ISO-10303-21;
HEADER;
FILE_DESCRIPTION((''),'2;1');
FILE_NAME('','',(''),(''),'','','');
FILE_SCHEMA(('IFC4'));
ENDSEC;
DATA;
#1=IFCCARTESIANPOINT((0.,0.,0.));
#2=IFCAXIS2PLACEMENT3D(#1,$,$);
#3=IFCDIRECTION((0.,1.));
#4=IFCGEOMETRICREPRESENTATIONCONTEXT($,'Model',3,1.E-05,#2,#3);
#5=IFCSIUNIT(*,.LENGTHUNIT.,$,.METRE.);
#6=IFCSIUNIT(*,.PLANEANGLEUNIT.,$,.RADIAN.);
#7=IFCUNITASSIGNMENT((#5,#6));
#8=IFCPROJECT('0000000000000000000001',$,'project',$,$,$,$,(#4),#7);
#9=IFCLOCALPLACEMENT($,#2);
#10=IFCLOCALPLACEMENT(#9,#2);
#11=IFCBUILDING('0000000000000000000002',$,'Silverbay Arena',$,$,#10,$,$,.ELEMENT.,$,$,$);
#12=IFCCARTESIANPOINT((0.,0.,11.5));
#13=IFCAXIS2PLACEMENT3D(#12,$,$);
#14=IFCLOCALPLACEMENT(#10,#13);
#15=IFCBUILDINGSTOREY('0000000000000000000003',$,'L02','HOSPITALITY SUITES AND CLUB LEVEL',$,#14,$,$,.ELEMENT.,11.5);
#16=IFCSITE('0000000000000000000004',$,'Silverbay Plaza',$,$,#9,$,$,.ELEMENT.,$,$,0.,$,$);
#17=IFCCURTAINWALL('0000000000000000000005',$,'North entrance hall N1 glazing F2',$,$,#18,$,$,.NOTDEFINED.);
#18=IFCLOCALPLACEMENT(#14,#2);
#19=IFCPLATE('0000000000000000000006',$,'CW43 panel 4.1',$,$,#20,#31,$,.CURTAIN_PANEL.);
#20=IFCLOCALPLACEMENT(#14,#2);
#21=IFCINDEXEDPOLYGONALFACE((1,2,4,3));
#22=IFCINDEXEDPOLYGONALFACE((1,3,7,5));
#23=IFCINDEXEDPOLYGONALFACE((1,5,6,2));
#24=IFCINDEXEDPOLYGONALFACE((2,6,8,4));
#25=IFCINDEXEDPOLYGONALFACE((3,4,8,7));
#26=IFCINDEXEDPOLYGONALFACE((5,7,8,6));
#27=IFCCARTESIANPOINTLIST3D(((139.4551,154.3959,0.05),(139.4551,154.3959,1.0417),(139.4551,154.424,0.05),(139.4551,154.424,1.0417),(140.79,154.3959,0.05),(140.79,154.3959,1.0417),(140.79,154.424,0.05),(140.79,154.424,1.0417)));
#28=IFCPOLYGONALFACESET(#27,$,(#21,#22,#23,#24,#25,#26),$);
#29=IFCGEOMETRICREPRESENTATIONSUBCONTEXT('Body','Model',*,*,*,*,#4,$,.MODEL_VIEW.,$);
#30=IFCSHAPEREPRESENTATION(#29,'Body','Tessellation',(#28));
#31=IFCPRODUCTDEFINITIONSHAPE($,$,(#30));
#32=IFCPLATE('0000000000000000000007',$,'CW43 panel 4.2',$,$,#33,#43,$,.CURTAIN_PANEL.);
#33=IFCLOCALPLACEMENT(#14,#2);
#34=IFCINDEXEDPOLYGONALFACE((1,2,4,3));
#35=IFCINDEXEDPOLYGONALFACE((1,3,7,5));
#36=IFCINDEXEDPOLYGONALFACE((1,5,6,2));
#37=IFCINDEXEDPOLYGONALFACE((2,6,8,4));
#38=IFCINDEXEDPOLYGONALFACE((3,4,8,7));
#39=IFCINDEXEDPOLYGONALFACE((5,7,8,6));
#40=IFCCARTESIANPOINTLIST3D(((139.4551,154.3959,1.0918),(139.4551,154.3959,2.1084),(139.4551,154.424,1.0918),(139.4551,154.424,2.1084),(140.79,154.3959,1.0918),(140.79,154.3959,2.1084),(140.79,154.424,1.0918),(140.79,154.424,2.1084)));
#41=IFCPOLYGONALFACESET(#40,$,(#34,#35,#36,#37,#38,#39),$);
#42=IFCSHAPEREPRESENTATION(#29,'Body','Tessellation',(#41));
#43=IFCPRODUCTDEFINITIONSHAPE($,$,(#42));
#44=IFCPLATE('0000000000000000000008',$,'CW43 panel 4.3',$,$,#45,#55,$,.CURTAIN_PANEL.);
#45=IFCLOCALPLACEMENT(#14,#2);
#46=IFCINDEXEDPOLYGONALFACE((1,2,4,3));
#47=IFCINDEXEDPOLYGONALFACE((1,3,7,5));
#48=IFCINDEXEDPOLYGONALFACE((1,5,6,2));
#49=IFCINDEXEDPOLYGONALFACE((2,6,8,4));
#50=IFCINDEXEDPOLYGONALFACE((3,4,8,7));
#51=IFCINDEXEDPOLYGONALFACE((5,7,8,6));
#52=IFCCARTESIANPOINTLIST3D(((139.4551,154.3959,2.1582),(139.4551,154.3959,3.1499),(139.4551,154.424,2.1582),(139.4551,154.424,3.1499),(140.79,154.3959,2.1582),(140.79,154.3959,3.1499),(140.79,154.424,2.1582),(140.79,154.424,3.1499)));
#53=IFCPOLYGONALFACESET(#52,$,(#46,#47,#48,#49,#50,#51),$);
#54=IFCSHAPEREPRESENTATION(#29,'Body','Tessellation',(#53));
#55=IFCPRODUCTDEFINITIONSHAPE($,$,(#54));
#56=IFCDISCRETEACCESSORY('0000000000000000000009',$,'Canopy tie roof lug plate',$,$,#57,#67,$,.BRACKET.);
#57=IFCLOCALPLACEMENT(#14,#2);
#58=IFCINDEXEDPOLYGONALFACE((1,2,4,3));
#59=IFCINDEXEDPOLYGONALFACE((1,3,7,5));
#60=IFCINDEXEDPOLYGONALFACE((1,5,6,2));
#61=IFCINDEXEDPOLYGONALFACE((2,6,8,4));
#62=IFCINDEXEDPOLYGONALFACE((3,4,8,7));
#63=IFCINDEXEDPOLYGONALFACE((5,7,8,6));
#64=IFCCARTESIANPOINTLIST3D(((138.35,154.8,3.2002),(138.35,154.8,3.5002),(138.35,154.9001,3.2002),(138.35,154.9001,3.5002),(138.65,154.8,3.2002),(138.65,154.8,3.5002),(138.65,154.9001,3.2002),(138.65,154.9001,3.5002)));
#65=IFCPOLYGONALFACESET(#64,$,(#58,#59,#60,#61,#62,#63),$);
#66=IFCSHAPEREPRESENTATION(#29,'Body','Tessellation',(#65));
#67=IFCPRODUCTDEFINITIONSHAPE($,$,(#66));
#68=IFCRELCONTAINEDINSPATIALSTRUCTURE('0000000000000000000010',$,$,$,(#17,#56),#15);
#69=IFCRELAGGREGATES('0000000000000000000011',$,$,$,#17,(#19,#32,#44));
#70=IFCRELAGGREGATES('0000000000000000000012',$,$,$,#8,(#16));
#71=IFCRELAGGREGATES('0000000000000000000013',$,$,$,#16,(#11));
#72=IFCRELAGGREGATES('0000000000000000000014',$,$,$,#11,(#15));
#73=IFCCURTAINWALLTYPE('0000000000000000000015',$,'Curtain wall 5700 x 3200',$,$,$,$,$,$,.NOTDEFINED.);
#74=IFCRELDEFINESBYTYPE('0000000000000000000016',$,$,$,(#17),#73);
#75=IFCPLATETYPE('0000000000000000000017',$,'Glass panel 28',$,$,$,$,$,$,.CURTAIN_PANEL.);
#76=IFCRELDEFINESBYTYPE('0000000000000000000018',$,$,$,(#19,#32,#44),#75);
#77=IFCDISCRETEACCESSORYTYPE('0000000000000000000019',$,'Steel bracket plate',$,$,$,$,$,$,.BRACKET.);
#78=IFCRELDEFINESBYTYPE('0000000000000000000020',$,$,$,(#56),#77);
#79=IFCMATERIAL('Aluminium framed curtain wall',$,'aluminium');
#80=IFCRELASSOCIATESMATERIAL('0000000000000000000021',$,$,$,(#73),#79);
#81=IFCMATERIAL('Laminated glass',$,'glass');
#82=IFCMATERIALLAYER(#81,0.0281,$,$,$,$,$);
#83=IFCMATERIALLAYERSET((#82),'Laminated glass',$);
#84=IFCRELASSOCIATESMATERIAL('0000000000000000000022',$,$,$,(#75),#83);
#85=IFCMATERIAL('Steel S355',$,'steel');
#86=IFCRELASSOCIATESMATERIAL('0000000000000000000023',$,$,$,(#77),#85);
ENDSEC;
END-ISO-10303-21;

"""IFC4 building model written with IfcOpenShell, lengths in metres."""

from ifc_helpers import new_model, si_unit, direction, frame, origin, origin_2d, place, context, subcontext, project, spatial, rectangle, extrude, material, layer, layer_set, type_object, element, aggregate, save


model = new_model("IFC4")

# Units and contexts
model_context = context("Model", 3, precision=1e-05, world=origin(), true_north=direction((0.0, 1.0)))
body_context = subcontext(model_context, "Body", "Model", "MODEL_VIEW")
ifc_project = project(units=[si_unit("LENGTHUNIT", "METRE"), si_unit("PLANEANGLEUNIT", "RADIAN")], contexts=[model_context])

# Site, building, storey
site_placement = place(None, origin())
site = spatial("IfcSite", under=ifc_project, at=site_placement, Name="Silverbay Plaza", CompositionType="ELEMENT", RefElevation=0.0)
building_placement = place(site_placement, origin())
building = spatial("IfcBuilding", under=site, at=building_placement, Name="Silverbay Arena", CompositionType="ELEMENT")
storey_placement = place(building_placement, frame((0.0, 0.0, 11.5)))
storey = spatial("IfcBuildingStorey", under=building, at=storey_placement, Name="L02", Description="HOSPITALITY SUITES AND CLUB LEVEL", CompositionType="ELEMENT", Elevation=11.5)

# Curtain wall, plates
ifc_material_1 = material(Name="Aluminium framed curtain wall", Category="aluminium")
curtain_wall_type = type_object("IfcCurtainWallType", Name="Curtain wall 5700 x 3200", PredefinedType="NOTDEFINED", material=ifc_material_1)
curtain_wall_placement = place(storey_placement, origin())
curtain_wall = element("IfcCurtainWall", 1, at=curtain_wall_placement, inside=storey, type_object=curtain_wall_type, Name="North entrance hall N1 glazing F2", PredefinedType="NOTDEFINED")
ifc_material_2 = material(Name="Laminated glass", Category="glass")
ifc_layer = layer(ifc_material_2, 0.0281)
ifc_layer_set = layer_set([ifc_layer], Name="Laminated glass")
plate_type = type_object("IfcPlateType", Name="Glass panel 28", PredefinedType="CURTAIN_PANEL", material=ifc_layer_set)
plate_1_placement = place(storey_placement, frame((140.1226, 154.4099, 0.05), z_axis=(0.0, 0.0, 1.0), x_axis=(1.0, 0.0, 0.0)))
plate_1 = element("IfcPlate", 2, at=plate_1_placement, type_object=plate_type, Name="CW43 panel 4.1", PredefinedType="CURTAIN_PANEL", context=body_context, shape_type="SweptSolid", body=[
    extrude(rectangle(XDim=1.335, YDim=0.0281, at=origin_2d()), origin(), (0.0, 0.0, 1.0), 0.9917),
])
plate_2_placement = place(storey_placement, frame((140.1226, 154.4099, 1.0918), z_axis=(0.0, 0.0, 1.0), x_axis=(1.0, 0.0, 0.0)))
plate_2 = element("IfcPlate", 3, at=plate_2_placement, type_object=plate_type, Name="CW43 panel 4.2", PredefinedType="CURTAIN_PANEL", context=body_context, shape_type="SweptSolid", body=[
    extrude(rectangle(XDim=1.335, YDim=0.0281, at=origin_2d()), origin(), (0.0, 0.0, 1.0), 1.0166),
])
plate_3_placement = place(storey_placement, frame((140.1226, 154.4099, 2.1582), z_axis=(0.0, 0.0, 1.0), x_axis=(1.0, 0.0, 0.0)))
plate_3 = element("IfcPlate", 4, at=plate_3_placement, type_object=plate_type, Name="CW43 panel 4.3", PredefinedType="CURTAIN_PANEL", context=body_context, shape_type="SweptSolid", body=[
    extrude(rectangle(XDim=1.335, YDim=0.0281, at=origin_2d()), origin(), (0.0, 0.0, 1.0), 0.9917),
])
aggregate(curtain_wall, [plate_1, plate_2, plate_3])

# Discrete accessory
ifc_material_3 = material(Name="Steel S355", Category="steel")
discrete_accessory_type = type_object("IfcDiscreteAccessoryType", Name="Steel bracket plate", PredefinedType="BRACKET", material=ifc_material_3)
discrete_accessory_placement = place(storey_placement, frame((138.5, 154.8501, 3.2002), z_axis=(0.0, 0.0, 1.0), x_axis=(1.0, 0.0, 0.0)))
element("IfcDiscreteAccessory", 5, at=discrete_accessory_placement, inside=storey, type_object=discrete_accessory_type, Name="Canopy tie roof lug plate", PredefinedType="BRACKET", context=body_context, shape_type="SweptSolid", body=[
    extrude(rectangle(XDim=0.3, YDim=0.1001, at=origin_2d()), origin(), (0.0, 0.0, 1.0), 0.3),
])

save(model, "model.ifc")
